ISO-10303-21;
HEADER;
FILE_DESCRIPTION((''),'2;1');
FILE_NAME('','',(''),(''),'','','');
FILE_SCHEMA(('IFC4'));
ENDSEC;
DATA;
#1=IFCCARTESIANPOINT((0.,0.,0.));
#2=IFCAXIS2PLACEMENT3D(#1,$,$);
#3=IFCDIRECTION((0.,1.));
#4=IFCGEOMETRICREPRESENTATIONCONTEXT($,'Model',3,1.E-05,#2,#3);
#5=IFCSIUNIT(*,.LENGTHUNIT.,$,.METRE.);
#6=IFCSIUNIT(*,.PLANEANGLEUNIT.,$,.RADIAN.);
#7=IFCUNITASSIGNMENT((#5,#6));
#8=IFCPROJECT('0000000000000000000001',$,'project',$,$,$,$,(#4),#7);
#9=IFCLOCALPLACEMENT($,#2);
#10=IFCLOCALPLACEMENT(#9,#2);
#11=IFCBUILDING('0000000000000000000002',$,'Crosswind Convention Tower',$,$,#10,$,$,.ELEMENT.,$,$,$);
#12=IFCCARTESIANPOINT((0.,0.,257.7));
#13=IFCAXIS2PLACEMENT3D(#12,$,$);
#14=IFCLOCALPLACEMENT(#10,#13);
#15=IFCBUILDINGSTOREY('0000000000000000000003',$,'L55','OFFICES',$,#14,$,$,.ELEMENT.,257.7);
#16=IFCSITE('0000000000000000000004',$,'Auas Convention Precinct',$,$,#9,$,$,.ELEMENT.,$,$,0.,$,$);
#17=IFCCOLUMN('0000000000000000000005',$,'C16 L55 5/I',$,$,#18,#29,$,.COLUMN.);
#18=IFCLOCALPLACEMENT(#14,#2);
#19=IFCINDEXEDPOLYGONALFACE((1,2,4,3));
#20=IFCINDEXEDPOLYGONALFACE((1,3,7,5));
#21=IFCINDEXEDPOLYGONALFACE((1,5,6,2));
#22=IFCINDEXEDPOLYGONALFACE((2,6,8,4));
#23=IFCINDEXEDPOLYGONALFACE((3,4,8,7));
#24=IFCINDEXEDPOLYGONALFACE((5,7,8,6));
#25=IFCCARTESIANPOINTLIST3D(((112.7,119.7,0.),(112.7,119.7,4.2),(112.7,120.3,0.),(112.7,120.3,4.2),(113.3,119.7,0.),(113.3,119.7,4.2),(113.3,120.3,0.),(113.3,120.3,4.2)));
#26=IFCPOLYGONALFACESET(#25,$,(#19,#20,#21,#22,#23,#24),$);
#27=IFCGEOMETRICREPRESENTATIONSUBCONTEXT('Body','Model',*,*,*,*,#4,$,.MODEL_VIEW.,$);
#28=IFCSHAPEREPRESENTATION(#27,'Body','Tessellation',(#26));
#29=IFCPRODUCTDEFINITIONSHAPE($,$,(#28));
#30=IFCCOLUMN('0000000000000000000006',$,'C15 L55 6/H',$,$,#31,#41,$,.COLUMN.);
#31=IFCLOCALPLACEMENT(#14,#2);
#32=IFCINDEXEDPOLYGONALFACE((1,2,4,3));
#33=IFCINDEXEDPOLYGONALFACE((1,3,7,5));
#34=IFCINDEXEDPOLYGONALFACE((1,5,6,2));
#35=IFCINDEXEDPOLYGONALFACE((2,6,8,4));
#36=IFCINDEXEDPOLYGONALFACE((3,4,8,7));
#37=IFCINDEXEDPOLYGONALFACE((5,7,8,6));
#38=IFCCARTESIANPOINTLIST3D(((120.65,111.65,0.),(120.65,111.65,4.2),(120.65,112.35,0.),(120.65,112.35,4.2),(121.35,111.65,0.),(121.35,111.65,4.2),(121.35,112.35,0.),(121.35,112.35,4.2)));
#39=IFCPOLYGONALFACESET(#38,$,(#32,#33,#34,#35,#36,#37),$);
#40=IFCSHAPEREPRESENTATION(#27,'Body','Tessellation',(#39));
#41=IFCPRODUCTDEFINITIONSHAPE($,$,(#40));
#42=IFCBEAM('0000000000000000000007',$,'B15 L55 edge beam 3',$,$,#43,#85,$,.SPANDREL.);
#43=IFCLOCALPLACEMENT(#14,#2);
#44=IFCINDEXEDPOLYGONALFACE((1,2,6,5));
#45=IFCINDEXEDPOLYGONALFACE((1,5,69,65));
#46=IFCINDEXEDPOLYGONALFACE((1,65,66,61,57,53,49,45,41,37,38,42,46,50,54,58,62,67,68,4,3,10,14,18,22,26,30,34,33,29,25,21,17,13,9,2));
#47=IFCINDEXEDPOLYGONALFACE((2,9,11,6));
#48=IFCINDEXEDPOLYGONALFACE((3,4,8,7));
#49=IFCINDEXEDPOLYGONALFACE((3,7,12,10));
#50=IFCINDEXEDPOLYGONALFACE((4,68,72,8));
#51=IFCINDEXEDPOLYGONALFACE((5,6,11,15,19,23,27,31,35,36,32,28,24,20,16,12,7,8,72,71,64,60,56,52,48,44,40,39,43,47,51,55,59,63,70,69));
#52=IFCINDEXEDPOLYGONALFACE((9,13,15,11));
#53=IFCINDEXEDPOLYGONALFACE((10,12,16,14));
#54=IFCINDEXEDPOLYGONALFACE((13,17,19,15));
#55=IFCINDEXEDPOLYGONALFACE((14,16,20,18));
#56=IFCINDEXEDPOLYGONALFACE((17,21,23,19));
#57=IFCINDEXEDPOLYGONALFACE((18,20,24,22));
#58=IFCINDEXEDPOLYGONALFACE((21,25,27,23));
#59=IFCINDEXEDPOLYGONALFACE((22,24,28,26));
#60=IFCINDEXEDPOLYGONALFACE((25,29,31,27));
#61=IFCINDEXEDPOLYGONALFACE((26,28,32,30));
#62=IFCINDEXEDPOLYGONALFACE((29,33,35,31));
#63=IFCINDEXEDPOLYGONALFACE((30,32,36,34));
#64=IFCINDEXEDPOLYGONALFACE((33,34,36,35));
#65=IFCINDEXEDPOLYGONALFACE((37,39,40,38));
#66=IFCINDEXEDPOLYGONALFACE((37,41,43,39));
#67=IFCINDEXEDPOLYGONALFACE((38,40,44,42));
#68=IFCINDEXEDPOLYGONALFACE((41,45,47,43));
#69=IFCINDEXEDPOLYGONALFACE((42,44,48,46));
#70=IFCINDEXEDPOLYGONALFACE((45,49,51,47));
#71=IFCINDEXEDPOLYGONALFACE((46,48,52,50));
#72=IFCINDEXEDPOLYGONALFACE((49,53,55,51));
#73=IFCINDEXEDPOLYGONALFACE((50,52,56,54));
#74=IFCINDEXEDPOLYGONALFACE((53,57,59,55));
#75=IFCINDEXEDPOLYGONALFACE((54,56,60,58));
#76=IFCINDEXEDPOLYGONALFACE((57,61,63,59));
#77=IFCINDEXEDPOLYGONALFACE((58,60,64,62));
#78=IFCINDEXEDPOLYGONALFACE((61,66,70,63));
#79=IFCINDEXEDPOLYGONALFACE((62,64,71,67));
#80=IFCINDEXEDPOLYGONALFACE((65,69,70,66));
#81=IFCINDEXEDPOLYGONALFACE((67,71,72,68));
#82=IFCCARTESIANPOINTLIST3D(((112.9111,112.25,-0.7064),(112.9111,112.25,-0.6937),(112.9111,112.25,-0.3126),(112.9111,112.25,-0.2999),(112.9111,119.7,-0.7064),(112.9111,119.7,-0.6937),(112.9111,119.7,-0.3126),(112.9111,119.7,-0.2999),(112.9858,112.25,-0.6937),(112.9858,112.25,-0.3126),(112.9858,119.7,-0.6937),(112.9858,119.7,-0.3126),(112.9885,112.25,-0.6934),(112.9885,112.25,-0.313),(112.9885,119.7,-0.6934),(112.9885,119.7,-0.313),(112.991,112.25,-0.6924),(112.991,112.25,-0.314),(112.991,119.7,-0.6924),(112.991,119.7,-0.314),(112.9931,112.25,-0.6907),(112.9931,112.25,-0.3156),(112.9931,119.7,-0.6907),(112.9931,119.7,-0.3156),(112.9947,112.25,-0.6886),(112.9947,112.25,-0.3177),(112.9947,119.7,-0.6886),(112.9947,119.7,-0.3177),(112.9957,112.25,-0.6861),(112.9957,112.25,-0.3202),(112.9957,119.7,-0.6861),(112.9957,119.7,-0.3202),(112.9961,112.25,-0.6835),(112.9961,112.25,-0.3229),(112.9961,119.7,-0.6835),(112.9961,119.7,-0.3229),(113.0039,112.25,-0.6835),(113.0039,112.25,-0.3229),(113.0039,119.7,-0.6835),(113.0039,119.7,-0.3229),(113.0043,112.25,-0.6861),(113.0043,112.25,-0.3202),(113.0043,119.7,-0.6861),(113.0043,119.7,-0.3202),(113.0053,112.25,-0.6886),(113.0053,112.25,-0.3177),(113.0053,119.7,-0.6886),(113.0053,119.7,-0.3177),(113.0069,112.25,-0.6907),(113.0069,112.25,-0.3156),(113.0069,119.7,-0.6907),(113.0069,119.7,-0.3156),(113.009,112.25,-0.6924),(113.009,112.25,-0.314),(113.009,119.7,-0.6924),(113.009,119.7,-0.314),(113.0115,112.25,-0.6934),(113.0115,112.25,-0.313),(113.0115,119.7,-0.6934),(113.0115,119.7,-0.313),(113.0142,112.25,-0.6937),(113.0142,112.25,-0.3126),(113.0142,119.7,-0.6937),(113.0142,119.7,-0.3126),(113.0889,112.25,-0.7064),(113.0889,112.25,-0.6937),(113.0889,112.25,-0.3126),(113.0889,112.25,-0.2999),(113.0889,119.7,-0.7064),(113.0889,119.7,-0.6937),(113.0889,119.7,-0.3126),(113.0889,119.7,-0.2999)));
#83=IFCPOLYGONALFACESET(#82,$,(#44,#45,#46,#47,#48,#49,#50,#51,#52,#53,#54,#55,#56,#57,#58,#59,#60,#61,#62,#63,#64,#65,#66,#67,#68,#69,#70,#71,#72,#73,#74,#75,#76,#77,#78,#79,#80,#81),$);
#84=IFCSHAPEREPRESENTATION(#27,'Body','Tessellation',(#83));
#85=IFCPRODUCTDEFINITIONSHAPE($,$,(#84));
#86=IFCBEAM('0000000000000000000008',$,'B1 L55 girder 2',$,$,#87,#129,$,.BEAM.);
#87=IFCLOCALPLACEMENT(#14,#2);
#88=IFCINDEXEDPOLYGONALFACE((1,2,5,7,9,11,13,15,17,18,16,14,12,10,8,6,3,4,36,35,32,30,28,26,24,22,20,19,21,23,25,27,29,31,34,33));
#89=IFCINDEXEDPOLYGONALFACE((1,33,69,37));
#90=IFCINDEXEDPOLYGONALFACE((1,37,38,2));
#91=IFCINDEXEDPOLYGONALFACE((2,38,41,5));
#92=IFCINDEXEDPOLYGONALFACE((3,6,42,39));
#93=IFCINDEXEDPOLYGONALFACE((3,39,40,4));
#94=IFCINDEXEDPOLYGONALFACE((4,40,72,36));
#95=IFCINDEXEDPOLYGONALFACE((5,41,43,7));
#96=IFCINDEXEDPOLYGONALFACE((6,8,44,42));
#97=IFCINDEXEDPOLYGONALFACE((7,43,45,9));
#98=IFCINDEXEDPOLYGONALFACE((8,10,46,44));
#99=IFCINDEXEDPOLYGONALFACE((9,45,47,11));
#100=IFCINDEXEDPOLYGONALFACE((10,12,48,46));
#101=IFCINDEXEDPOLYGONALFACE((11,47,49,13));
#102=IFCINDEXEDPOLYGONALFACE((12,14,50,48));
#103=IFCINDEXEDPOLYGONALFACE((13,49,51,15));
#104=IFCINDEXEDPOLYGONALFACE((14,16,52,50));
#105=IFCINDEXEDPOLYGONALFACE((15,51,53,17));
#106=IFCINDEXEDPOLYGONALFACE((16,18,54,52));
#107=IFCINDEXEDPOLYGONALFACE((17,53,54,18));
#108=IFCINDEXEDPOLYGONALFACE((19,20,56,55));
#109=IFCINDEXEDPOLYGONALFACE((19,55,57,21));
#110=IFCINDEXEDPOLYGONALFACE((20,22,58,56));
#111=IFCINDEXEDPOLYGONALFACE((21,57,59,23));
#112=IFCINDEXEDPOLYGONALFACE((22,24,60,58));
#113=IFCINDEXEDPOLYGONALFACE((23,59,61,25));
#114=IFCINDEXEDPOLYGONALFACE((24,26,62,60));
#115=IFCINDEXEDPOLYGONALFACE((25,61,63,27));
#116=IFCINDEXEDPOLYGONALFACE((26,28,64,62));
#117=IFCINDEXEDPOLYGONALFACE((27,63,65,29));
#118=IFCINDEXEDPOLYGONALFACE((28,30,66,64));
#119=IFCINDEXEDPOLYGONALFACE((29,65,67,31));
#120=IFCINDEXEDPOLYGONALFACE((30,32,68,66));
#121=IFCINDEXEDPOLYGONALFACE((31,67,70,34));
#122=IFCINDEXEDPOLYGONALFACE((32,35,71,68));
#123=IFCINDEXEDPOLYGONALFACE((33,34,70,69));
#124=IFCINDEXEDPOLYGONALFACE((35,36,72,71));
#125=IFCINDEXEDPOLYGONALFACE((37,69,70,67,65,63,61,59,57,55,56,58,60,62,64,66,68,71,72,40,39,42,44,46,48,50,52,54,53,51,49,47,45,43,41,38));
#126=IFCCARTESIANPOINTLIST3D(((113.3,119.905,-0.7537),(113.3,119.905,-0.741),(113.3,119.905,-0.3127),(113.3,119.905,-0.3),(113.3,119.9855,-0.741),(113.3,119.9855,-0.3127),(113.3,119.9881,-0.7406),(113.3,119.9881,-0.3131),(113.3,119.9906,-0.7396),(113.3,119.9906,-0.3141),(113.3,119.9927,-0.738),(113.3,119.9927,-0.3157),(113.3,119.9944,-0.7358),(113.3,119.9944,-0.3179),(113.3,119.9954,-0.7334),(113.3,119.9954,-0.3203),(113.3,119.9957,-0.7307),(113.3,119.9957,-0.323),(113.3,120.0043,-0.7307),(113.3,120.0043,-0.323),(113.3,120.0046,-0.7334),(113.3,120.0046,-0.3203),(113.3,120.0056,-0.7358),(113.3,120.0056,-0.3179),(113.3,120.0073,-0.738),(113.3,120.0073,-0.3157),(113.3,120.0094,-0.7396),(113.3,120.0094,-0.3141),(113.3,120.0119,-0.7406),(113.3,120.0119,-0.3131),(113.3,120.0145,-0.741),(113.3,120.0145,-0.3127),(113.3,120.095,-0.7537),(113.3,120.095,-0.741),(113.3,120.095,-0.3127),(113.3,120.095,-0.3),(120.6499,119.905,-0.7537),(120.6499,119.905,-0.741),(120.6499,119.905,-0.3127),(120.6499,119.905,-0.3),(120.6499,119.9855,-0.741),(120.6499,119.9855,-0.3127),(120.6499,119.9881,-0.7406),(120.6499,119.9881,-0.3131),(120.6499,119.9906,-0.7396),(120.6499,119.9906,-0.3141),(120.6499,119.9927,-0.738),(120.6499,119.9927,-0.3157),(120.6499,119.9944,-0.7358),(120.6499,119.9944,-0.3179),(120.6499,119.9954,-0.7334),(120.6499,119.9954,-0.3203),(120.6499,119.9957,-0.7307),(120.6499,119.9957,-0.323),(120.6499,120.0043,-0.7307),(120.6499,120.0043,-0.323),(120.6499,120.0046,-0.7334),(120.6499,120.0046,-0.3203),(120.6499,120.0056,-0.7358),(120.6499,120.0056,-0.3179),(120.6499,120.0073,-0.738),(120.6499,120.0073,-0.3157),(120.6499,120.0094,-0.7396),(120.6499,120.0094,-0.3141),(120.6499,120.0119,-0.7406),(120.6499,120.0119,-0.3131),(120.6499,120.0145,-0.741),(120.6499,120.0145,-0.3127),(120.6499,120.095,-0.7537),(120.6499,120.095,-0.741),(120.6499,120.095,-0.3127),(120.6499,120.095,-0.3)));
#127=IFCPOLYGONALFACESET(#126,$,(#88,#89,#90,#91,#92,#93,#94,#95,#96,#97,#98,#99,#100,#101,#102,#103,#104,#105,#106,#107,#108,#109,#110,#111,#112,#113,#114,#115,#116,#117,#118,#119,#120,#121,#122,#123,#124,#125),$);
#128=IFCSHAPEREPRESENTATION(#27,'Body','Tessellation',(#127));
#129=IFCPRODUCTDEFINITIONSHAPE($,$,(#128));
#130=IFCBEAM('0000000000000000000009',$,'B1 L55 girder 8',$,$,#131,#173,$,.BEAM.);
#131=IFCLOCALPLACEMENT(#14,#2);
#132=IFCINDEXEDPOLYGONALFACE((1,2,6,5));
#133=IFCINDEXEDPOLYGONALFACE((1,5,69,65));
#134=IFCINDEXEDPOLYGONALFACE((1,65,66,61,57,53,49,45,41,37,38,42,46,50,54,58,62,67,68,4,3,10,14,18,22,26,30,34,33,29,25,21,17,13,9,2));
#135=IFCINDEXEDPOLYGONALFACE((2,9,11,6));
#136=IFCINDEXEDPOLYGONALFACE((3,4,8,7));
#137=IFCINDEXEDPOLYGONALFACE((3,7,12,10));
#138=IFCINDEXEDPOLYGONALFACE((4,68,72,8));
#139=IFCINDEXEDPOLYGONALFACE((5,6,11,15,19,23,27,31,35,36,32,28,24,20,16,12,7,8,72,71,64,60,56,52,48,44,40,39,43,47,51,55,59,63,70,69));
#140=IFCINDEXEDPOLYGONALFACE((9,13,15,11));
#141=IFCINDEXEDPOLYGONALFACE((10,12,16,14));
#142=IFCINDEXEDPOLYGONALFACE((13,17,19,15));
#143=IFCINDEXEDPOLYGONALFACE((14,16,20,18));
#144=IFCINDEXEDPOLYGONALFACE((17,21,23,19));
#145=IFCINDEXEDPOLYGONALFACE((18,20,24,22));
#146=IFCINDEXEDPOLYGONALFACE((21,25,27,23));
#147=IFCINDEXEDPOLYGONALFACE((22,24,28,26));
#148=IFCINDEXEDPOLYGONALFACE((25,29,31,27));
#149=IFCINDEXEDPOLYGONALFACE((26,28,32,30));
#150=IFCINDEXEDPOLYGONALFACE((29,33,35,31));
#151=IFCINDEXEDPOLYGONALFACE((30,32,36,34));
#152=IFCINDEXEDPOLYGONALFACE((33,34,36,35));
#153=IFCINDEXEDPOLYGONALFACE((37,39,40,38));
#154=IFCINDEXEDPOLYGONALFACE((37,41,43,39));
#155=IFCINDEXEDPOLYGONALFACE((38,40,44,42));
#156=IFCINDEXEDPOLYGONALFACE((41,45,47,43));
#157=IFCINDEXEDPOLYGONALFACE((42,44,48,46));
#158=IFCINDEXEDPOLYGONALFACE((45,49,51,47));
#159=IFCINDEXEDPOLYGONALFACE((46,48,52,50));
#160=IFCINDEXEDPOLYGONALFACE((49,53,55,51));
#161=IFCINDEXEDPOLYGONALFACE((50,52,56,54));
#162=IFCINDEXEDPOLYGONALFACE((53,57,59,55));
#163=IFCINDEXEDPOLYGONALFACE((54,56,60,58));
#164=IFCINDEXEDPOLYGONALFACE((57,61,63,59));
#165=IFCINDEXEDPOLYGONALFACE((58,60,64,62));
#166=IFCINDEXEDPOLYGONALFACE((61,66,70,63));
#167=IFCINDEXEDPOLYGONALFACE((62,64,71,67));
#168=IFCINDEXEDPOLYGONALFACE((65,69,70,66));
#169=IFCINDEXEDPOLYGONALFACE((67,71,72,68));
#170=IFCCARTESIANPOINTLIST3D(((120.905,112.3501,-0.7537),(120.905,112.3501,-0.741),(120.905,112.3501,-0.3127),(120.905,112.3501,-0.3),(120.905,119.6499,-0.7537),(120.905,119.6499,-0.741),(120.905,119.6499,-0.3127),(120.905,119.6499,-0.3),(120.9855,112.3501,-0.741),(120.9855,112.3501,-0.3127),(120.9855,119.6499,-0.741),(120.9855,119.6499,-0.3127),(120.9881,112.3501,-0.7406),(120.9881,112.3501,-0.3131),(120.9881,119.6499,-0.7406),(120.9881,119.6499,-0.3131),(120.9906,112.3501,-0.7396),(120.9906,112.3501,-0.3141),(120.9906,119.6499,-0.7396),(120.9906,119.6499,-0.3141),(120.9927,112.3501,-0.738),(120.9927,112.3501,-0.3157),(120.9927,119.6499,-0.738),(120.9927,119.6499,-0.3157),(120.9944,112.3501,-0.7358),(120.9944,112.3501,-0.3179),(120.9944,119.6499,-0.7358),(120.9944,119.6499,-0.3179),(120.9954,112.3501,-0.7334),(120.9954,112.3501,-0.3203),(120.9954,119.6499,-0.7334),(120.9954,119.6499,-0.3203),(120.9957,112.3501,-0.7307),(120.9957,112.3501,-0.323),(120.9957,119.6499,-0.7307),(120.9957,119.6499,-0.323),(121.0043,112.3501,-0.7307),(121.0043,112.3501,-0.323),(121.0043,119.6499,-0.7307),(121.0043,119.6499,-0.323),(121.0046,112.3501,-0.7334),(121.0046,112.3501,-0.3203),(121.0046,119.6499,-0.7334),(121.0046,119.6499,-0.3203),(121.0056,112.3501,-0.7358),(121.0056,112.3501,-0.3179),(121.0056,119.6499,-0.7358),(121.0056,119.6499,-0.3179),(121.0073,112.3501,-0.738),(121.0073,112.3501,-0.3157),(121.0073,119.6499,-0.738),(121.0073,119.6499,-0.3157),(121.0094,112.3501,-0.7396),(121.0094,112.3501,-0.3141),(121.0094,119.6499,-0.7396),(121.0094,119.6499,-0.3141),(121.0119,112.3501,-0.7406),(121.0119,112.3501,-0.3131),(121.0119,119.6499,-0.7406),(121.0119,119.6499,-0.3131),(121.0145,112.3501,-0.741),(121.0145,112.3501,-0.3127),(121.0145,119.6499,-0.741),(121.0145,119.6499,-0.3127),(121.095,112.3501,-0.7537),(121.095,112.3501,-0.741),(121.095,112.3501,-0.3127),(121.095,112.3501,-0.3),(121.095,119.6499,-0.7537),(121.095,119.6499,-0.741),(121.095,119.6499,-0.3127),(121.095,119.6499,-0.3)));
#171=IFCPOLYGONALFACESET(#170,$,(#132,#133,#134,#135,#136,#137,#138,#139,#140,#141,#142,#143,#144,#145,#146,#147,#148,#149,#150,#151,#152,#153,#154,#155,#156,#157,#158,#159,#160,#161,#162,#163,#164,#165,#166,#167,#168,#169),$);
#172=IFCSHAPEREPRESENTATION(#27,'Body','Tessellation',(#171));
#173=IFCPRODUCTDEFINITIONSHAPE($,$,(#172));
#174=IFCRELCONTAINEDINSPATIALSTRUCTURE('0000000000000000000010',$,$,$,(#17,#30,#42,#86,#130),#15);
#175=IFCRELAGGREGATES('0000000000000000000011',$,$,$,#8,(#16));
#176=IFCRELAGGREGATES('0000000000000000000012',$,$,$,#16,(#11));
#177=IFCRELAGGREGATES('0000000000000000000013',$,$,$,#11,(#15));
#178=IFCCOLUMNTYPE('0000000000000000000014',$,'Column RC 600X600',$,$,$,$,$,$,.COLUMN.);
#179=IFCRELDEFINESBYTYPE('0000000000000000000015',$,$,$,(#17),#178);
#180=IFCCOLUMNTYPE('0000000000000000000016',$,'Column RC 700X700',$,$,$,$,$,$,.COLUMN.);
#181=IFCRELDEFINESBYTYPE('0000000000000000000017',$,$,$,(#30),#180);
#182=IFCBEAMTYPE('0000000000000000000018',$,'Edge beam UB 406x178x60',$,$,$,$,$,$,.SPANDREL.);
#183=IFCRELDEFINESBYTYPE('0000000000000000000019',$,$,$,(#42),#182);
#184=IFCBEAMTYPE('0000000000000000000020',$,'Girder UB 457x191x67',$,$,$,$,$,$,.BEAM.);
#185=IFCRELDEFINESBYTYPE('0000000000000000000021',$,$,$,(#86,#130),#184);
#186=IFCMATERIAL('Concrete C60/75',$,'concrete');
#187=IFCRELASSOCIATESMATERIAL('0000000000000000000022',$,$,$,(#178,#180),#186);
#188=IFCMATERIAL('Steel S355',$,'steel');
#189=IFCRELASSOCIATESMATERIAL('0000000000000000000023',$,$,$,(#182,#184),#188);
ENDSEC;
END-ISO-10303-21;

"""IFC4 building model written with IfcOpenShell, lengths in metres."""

from ifc_helpers import new_model, si_unit, direction, frame, origin, origin_2d, place, context, subcontext, project, spatial, rectangle, i_section, extrude, material, material_profile, profile_set, type_object, element, save


model = new_model("IFC4")

# Units and contexts
model_context = context("Model", 3, precision=1e-05, world=origin(), true_north=direction((0.0, 1.0)))
body_context = subcontext(model_context, "Body", "Model", "MODEL_VIEW")
ifc_project = project(units=[si_unit("LENGTHUNIT", "METRE"), si_unit("PLANEANGLEUNIT", "RADIAN")], contexts=[model_context])

# Site, building, storey
site_placement = place(None, origin())
site = spatial("IfcSite", under=ifc_project, at=site_placement, Name="Auas Convention Precinct", CompositionType="ELEMENT", RefElevation=0.0)
building_placement = place(site_placement, origin())
building = spatial("IfcBuilding", under=site, at=building_placement, Name="Crosswind Convention Tower", CompositionType="ELEMENT")
storey_placement = place(building_placement, frame((0.0, 0.0, 257.7)))
storey = spatial("IfcBuildingStorey", under=building, at=storey_placement, Name="L55", Description="OFFICES", CompositionType="ELEMENT", Elevation=257.7)

# Columns
ifc_material_1 = material(Name="Concrete C60/75", Category="concrete")
ifc_material_profile_1 = material_profile(ifc_material_1, rectangle(XDim=0.6001, YDim=0.6001, at=origin_2d()), Name="RC 600X600")
ifc_profile_set_1 = profile_set([ifc_material_profile_1], Name="Concrete C60/75")
column_type_1 = type_object("IfcColumnType", Name="Column RC 600X600", PredefinedType="COLUMN", material=ifc_profile_set_1)
column_1_placement = place(storey_placement, frame((113.0, 120.0, 0.0), z_axis=(0.0, 0.0, 1.0), x_axis=(1.0, 0.0, 0.0)))
element("IfcColumn", 1, at=column_1_placement, inside=storey, type_object=column_type_1, Name="C16 L55 5/I", PredefinedType="COLUMN", context=body_context, shape_type="SweptSolid", body=[
    extrude(rectangle(XDim=0.6001, YDim=0.6001, at=origin_2d()), origin(), (0.0, 0.0, 1.0), 4.2),
])
ifc_material_profile_2 = material_profile(ifc_material_1, rectangle(XDim=0.7, YDim=0.7, at=origin_2d()), Name="RC 700X700")
ifc_profile_set_2 = profile_set([ifc_material_profile_2], Name="Concrete C60/75")
column_type_2 = type_object("IfcColumnType", Name="Column RC 700X700", PredefinedType="COLUMN", material=ifc_profile_set_2)
column_2_placement = place(storey_placement, frame((121.0, 112.0, 0.0), z_axis=(0.0, 0.0, 1.0), x_axis=(1.0, 0.0, 0.0)))
element("IfcColumn", 2, at=column_2_placement, inside=storey, type_object=column_type_2, Name="C15 L55 6/H", PredefinedType="COLUMN", context=body_context, shape_type="SweptSolid", body=[
    extrude(rectangle(XDim=0.7, YDim=0.7, at=origin_2d()), origin(), (0.0, 0.0, 1.0), 4.2),
])

# Beams
ifc_material_2 = material(Name="Steel S355", Category="steel")
ifc_material_profile_3 = material_profile(ifc_material_2, i_section(OverallWidth=0.1777, OverallDepth=0.4065, WebThickness=0.0078, FlangeThickness=0.0127, FilletRadius=0.0103, at=origin_2d()), Name="UB 406x178x60")
ifc_profile_set_3 = profile_set([ifc_material_profile_3], Name="Steel S355")
beam_type_1 = type_object("IfcBeamType", Name="Edge beam UB 406x178x60", PredefinedType="SPANDREL", material=ifc_profile_set_3)
beam_1_placement = place(storey_placement, frame((113.0, 112.25, -0.5032), z_axis=(0.0, 1.0, 0.0), x_axis=(-1.0, 0.0, 0.0)))
element("IfcBeam", 3, at=beam_1_placement, inside=storey, type_object=beam_type_1, Name="B15 L55 edge beam 3", PredefinedType="SPANDREL", context=body_context, shape_type="SweptSolid", body=[
    extrude(i_section(OverallWidth=0.1777, OverallDepth=0.4065, WebThickness=0.0078, FlangeThickness=0.0127, FilletRadius=0.0103, at=origin_2d()), origin(), (0.0, 0.0, 1.0), 7.45),
])
ifc_material_profile_4 = material_profile(ifc_material_2, i_section(OverallWidth=0.1899, OverallDepth=0.4536, WebThickness=0.0085, FlangeThickness=0.0127, FilletRadius=0.0103, at=origin_2d()), Name="UB 457x191x67")
ifc_profile_set_4 = profile_set([ifc_material_profile_4], Name="Steel S355")
beam_type_2 = type_object("IfcBeamType", Name="Girder UB 457x191x67", PredefinedType="BEAM", material=ifc_profile_set_4)
beam_2_placement = place(storey_placement, frame((113.3, 120.0, -0.5269), z_axis=(1.0, 0.0, 0.0), x_axis=(0.0, 1.0, 0.0)))
element("IfcBeam", 4, at=beam_2_placement, inside=storey, type_object=beam_type_2, Name="B1 L55 girder 2", PredefinedType="BEAM", context=body_context, shape_type="SweptSolid", body=[
    extrude(i_section(OverallWidth=0.1899, OverallDepth=0.4536, WebThickness=0.0085, FlangeThickness=0.0127, FilletRadius=0.0103, at=origin_2d()), origin(), (0.0, 0.0, 1.0), 7.3499),
])
beam_3_placement = place(storey_placement, frame((121.0, 112.3501, -0.5269), z_axis=(0.0, 1.0, 0.0), x_axis=(-1.0, 0.0, 0.0)))
element("IfcBeam", 5, at=beam_3_placement, inside=storey, type_object=beam_type_2, Name="B1 L55 girder 8", PredefinedType="BEAM", context=body_context, shape_type="SweptSolid", body=[
    extrude(i_section(OverallWidth=0.1899, OverallDepth=0.4536, WebThickness=0.0085, FlangeThickness=0.0127, FilletRadius=0.0103, at=origin_2d()), origin(), (0.0, 0.0, 1.0), 7.2998),
])

save(model, "model.ifc")
